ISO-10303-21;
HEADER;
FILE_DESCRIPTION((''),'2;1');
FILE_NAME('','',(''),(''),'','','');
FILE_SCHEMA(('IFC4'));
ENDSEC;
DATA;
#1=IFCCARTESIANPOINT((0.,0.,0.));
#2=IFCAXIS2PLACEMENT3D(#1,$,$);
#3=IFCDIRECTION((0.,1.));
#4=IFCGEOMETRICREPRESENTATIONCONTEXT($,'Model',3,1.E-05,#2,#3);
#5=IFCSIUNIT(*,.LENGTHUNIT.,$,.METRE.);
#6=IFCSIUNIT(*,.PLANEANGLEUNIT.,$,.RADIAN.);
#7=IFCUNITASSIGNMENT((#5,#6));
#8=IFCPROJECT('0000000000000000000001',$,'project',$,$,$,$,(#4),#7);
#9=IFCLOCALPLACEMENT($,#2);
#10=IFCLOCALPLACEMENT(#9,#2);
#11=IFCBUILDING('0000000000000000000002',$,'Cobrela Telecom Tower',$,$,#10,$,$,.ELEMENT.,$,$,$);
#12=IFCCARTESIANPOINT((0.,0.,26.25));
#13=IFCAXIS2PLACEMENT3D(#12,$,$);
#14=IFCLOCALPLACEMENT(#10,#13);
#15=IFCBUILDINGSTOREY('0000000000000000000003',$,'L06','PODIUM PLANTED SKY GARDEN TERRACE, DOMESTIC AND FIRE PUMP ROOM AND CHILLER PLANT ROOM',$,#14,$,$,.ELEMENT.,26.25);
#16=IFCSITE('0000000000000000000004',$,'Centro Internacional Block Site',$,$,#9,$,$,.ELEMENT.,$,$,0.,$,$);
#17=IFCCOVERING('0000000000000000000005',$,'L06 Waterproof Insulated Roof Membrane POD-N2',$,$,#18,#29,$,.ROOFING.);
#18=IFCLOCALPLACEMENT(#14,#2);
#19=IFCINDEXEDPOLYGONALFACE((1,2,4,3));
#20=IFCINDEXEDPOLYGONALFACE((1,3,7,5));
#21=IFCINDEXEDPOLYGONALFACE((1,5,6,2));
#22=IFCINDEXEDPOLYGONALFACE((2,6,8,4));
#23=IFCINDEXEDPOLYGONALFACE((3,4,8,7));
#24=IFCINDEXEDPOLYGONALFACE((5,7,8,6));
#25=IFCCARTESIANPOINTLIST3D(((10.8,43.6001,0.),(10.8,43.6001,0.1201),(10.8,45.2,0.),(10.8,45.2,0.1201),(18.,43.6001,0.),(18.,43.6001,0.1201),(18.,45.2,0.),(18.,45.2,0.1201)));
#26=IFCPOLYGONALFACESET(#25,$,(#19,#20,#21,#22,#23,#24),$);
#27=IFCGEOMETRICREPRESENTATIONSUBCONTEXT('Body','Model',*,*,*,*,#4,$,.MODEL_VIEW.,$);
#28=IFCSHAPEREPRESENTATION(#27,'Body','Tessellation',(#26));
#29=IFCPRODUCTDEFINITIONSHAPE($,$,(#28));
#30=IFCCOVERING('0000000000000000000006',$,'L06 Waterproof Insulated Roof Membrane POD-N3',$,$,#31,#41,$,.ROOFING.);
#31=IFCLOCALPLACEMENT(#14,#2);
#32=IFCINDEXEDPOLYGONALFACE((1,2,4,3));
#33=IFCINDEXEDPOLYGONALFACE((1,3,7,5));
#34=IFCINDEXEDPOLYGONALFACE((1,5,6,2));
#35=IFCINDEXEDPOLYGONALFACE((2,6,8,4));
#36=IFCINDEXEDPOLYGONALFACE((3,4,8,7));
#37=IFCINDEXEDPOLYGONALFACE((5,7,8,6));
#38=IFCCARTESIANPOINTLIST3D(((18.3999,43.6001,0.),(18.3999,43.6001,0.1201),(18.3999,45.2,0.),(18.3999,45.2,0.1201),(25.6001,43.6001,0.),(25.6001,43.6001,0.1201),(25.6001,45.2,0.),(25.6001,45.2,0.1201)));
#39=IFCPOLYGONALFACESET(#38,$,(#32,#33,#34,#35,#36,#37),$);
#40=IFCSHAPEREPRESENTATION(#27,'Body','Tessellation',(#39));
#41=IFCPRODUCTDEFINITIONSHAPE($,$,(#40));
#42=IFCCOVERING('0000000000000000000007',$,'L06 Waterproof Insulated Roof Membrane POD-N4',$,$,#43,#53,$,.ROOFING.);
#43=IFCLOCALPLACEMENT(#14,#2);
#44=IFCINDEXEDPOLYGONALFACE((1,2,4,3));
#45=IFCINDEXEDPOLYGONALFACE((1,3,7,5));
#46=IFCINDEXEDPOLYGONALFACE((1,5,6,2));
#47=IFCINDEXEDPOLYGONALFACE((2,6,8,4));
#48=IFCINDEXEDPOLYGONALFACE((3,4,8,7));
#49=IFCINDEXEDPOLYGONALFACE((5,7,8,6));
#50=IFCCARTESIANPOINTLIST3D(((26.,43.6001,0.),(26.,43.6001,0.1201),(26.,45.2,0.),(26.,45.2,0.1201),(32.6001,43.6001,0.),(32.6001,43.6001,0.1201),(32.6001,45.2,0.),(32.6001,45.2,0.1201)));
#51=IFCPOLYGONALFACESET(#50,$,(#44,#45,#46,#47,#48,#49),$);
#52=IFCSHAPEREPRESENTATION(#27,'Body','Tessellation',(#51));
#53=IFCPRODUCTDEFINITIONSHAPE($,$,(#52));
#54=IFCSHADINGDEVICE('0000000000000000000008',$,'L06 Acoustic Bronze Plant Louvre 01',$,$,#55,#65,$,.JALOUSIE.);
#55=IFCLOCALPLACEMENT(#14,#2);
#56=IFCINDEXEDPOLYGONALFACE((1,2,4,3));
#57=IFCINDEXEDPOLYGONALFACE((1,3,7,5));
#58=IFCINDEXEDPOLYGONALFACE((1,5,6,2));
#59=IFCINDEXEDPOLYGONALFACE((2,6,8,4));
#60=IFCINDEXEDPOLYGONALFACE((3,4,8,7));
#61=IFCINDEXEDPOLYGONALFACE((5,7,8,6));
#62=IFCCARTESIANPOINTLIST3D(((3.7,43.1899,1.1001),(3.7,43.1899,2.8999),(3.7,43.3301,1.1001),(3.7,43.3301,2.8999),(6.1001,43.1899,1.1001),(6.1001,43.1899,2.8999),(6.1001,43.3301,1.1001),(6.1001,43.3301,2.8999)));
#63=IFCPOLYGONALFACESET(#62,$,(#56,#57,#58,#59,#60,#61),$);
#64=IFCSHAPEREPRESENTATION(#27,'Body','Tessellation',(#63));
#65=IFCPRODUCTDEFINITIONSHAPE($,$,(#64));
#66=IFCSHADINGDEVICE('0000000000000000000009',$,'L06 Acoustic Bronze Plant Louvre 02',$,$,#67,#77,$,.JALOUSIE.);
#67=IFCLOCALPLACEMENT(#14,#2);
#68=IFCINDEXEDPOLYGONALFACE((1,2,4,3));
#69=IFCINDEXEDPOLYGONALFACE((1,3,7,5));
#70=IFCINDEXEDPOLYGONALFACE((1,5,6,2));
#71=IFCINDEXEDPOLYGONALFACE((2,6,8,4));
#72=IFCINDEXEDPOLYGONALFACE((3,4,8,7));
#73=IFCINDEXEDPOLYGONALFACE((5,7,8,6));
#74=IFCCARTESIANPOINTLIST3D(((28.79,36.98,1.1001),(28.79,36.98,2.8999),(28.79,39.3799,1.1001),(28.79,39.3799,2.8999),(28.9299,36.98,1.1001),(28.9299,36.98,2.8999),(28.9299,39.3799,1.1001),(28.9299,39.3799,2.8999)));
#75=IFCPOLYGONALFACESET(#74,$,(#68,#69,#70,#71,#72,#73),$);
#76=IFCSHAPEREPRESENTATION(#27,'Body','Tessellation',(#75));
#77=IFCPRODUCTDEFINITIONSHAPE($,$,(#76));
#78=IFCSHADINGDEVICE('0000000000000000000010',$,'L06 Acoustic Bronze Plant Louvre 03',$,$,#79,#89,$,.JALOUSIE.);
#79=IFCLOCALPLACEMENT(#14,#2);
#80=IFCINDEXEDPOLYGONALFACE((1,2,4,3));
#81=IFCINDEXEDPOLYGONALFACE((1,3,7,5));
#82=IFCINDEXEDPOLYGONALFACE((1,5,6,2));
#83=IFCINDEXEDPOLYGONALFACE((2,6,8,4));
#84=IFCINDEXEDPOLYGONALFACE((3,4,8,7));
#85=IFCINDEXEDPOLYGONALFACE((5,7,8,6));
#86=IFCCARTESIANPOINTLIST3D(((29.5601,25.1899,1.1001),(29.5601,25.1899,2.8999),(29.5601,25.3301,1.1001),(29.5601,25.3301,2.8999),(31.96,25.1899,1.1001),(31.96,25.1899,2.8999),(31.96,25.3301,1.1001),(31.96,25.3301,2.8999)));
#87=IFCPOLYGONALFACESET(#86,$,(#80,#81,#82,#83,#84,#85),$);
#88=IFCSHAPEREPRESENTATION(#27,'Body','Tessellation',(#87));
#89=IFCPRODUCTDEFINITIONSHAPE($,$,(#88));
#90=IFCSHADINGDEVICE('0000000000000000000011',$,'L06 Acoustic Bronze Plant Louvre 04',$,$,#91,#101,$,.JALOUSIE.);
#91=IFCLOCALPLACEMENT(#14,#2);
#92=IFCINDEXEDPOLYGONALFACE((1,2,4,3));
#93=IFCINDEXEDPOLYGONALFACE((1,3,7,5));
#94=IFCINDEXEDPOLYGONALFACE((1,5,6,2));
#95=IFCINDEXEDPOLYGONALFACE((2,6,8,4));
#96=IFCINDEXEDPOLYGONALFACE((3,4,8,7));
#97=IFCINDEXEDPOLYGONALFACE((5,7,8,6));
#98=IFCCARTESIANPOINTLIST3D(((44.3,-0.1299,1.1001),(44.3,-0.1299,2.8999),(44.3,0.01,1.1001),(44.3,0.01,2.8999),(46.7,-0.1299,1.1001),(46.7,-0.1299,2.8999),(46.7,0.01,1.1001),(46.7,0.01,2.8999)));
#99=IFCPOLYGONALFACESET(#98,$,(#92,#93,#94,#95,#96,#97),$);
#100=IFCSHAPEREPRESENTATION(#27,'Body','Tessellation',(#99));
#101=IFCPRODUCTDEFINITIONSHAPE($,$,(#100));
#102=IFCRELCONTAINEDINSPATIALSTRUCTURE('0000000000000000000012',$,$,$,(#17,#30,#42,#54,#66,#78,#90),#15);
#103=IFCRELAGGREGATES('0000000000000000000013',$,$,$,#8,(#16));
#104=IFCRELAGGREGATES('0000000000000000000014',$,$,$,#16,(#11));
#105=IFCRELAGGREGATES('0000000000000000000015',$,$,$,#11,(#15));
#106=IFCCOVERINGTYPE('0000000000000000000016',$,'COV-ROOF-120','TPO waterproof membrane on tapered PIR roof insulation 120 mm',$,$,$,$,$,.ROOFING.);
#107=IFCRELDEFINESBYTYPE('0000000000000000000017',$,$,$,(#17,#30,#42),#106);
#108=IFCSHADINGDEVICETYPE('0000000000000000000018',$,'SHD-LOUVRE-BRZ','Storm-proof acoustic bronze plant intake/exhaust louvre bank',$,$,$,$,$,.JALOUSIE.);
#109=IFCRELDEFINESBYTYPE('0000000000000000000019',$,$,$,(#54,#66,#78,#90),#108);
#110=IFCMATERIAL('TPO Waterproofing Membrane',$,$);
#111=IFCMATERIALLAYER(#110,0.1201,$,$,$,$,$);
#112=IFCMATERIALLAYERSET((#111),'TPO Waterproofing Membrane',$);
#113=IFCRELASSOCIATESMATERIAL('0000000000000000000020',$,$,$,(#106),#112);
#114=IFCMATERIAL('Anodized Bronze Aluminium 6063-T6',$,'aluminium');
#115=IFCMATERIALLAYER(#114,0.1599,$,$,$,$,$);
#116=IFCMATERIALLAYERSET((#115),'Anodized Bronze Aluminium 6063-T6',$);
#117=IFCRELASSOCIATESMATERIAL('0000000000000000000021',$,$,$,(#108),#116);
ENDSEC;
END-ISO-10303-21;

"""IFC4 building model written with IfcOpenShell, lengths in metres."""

from ifc_helpers import new_model, si_unit, direction, frame, origin, place, context, subcontext, project, spatial, polyline, outline, extrude, material, layer, layer_set, type_object, element, save


model = new_model("IFC4")

# Units and contexts
model_context = context("Model", 3, precision=1e-05, world=origin(), true_north=direction((0.0, 1.0)))
body_context = subcontext(model_context, "Body", "Model", "MODEL_VIEW")
ifc_project = project(units=[si_unit("LENGTHUNIT", "METRE"), si_unit("PLANEANGLEUNIT", "RADIAN")], contexts=[model_context])

# Site, building, storey
site_placement = place(None, origin())
site = spatial("IfcSite", under=ifc_project, at=site_placement, Name="Centro Internacional Block Site", CompositionType="ELEMENT", RefElevation=0.0)
building_placement = place(site_placement, origin())
building = spatial("IfcBuilding", under=site, at=building_placement, Name="Cobrela Telecom Tower", CompositionType="ELEMENT")
storey_placement = place(building_placement, frame((0.0, 0.0, 26.25)))
storey = spatial("IfcBuildingStorey", under=building, at=storey_placement, Name="L06", Description="PODIUM PLANTED SKY GARDEN TERRACE, DOMESTIC AND FIRE PUMP ROOM AND CHILLER PLANT ROOM", CompositionType="ELEMENT", Elevation=26.25)

# Coverings
ifc_material_1 = material(Name="TPO Waterproofing Membrane")
ifc_layer_1 = layer(ifc_material_1, 0.1201)
ifc_layer_set_1 = layer_set([ifc_layer_1], Name="TPO Waterproofing Membrane")
covering_type = type_object("IfcCoveringType", Name="COV-ROOF-120", Description="TPO waterproof membrane on tapered PIR roof insulation 120 mm", PredefinedType="ROOFING", material=ifc_layer_set_1)
covering_1_placement = place(storey_placement, origin())
element("IfcCovering", 1, at=covering_1_placement, inside=storey, type_object=covering_type, Name="L06 Waterproof Insulated Roof Membrane POD-N2", PredefinedType="ROOFING", context=body_context, shape_type="SweptSolid", body=[
    extrude(outline(polyline([(10.8, 43.6001), (18.0, 43.6001), (18.0, 45.2), (10.8, 45.2), (10.8, 43.6001)])), origin(), (0.0, 0.0, 1.0), 0.1201),
])
covering_2_placement = place(storey_placement, origin())
element("IfcCovering", 2, at=covering_2_placement, inside=storey, type_object=covering_type, Name="L06 Waterproof Insulated Roof Membrane POD-N3", PredefinedType="ROOFING", context=body_context, shape_type="SweptSolid", body=[
    extrude(outline(polyline([(18.3999, 43.6001), (25.6001, 43.6001), (25.6001, 45.2), (18.3999, 45.2), (18.3999, 43.6001)])), origin(), (0.0, 0.0, 1.0), 0.1201),
])
covering_3_placement = place(storey_placement, origin())
element("IfcCovering", 3, at=covering_3_placement, inside=storey, type_object=covering_type, Name="L06 Waterproof Insulated Roof Membrane POD-N4", PredefinedType="ROOFING", context=body_context, shape_type="SweptSolid", body=[
    extrude(outline(polyline([(26.0, 43.6001), (32.6001, 43.6001), (32.6001, 45.2), (26.0, 45.2), (26.0, 43.6001)])), origin(), (0.0, 0.0, 1.0), 0.1201),
])

# Shading devices
ifc_material_2 = material(Name="Anodized Bronze Aluminium 6063-T6", Category="aluminium")
ifc_layer_2 = layer(ifc_material_2, 0.1599)
ifc_layer_set_2 = layer_set([ifc_layer_2], Name="Anodized Bronze Aluminium 6063-T6")
shading_device_type = type_object("IfcShadingDeviceType", Name="SHD-LOUVRE-BRZ", Description="Storm-proof acoustic bronze plant intake/exhaust louvre bank", PredefinedType="JALOUSIE", material=ifc_layer_set_2)
shading_device_1_placement = place(storey_placement, frame((0.0, 0.0, 1.1001)))
element("IfcShadingDevice", 4, at=shading_device_1_placement, inside=storey, type_object=shading_device_type, Name="L06 Acoustic Bronze Plant Louvre 01", PredefinedType="JALOUSIE", context=body_context, shape_type="SweptSolid", body=[
    extrude(outline(polyline([(3.7, 43.1899), (6.1001, 43.1899), (6.1001, 43.3301), (3.7, 43.3301), (3.7, 43.1899)])), origin(), (0.0, 0.0, 1.0), 1.7998),
])
shading_device_2_placement = place(storey_placement, frame((0.0, 0.0, 1.1001)))
element("IfcShadingDevice", 5, at=shading_device_2_placement, inside=storey, type_object=shading_device_type, Name="L06 Acoustic Bronze Plant Louvre 02", PredefinedType="JALOUSIE", context=body_context, shape_type="SweptSolid", body=[
    extrude(outline(polyline([(28.79, 39.3799), (28.79, 36.98), (28.9299, 36.98), (28.9299, 39.3799), (28.79, 39.3799)])), origin(), (0.0, 0.0, 1.0), 1.7998),
])
shading_device_3_placement = place(storey_placement, frame((0.0, 0.0, 1.1001)))
element("IfcShadingDevice", 6, at=shading_device_3_placement, inside=storey, type_object=shading_device_type, Name="L06 Acoustic Bronze Plant Louvre 03", PredefinedType="JALOUSIE", context=body_context, shape_type="SweptSolid", body=[
    extrude(outline(polyline([(29.5601, 25.1899), (31.96, 25.1899), (31.96, 25.3301), (29.5601, 25.3301), (29.5601, 25.1899)])), origin(), (0.0, 0.0, 1.0), 1.7998),
])
shading_device_4_placement = place(storey_placement, frame((0.0, 0.0, 1.1001)))
element("IfcShadingDevice", 7, at=shading_device_4_placement, inside=storey, type_object=shading_device_type, Name="L06 Acoustic Bronze Plant Louvre 04", PredefinedType="JALOUSIE", context=body_context, shape_type="SweptSolid", body=[
    extrude(outline(polyline([(46.7, 0.01), (44.3, 0.01), (44.3, -0.1299), (46.7, -0.1299), (46.7, 0.01)])), origin(), (0.0, 0.0, 1.0), 1.7998),
])

save(model, "model.ifc")
